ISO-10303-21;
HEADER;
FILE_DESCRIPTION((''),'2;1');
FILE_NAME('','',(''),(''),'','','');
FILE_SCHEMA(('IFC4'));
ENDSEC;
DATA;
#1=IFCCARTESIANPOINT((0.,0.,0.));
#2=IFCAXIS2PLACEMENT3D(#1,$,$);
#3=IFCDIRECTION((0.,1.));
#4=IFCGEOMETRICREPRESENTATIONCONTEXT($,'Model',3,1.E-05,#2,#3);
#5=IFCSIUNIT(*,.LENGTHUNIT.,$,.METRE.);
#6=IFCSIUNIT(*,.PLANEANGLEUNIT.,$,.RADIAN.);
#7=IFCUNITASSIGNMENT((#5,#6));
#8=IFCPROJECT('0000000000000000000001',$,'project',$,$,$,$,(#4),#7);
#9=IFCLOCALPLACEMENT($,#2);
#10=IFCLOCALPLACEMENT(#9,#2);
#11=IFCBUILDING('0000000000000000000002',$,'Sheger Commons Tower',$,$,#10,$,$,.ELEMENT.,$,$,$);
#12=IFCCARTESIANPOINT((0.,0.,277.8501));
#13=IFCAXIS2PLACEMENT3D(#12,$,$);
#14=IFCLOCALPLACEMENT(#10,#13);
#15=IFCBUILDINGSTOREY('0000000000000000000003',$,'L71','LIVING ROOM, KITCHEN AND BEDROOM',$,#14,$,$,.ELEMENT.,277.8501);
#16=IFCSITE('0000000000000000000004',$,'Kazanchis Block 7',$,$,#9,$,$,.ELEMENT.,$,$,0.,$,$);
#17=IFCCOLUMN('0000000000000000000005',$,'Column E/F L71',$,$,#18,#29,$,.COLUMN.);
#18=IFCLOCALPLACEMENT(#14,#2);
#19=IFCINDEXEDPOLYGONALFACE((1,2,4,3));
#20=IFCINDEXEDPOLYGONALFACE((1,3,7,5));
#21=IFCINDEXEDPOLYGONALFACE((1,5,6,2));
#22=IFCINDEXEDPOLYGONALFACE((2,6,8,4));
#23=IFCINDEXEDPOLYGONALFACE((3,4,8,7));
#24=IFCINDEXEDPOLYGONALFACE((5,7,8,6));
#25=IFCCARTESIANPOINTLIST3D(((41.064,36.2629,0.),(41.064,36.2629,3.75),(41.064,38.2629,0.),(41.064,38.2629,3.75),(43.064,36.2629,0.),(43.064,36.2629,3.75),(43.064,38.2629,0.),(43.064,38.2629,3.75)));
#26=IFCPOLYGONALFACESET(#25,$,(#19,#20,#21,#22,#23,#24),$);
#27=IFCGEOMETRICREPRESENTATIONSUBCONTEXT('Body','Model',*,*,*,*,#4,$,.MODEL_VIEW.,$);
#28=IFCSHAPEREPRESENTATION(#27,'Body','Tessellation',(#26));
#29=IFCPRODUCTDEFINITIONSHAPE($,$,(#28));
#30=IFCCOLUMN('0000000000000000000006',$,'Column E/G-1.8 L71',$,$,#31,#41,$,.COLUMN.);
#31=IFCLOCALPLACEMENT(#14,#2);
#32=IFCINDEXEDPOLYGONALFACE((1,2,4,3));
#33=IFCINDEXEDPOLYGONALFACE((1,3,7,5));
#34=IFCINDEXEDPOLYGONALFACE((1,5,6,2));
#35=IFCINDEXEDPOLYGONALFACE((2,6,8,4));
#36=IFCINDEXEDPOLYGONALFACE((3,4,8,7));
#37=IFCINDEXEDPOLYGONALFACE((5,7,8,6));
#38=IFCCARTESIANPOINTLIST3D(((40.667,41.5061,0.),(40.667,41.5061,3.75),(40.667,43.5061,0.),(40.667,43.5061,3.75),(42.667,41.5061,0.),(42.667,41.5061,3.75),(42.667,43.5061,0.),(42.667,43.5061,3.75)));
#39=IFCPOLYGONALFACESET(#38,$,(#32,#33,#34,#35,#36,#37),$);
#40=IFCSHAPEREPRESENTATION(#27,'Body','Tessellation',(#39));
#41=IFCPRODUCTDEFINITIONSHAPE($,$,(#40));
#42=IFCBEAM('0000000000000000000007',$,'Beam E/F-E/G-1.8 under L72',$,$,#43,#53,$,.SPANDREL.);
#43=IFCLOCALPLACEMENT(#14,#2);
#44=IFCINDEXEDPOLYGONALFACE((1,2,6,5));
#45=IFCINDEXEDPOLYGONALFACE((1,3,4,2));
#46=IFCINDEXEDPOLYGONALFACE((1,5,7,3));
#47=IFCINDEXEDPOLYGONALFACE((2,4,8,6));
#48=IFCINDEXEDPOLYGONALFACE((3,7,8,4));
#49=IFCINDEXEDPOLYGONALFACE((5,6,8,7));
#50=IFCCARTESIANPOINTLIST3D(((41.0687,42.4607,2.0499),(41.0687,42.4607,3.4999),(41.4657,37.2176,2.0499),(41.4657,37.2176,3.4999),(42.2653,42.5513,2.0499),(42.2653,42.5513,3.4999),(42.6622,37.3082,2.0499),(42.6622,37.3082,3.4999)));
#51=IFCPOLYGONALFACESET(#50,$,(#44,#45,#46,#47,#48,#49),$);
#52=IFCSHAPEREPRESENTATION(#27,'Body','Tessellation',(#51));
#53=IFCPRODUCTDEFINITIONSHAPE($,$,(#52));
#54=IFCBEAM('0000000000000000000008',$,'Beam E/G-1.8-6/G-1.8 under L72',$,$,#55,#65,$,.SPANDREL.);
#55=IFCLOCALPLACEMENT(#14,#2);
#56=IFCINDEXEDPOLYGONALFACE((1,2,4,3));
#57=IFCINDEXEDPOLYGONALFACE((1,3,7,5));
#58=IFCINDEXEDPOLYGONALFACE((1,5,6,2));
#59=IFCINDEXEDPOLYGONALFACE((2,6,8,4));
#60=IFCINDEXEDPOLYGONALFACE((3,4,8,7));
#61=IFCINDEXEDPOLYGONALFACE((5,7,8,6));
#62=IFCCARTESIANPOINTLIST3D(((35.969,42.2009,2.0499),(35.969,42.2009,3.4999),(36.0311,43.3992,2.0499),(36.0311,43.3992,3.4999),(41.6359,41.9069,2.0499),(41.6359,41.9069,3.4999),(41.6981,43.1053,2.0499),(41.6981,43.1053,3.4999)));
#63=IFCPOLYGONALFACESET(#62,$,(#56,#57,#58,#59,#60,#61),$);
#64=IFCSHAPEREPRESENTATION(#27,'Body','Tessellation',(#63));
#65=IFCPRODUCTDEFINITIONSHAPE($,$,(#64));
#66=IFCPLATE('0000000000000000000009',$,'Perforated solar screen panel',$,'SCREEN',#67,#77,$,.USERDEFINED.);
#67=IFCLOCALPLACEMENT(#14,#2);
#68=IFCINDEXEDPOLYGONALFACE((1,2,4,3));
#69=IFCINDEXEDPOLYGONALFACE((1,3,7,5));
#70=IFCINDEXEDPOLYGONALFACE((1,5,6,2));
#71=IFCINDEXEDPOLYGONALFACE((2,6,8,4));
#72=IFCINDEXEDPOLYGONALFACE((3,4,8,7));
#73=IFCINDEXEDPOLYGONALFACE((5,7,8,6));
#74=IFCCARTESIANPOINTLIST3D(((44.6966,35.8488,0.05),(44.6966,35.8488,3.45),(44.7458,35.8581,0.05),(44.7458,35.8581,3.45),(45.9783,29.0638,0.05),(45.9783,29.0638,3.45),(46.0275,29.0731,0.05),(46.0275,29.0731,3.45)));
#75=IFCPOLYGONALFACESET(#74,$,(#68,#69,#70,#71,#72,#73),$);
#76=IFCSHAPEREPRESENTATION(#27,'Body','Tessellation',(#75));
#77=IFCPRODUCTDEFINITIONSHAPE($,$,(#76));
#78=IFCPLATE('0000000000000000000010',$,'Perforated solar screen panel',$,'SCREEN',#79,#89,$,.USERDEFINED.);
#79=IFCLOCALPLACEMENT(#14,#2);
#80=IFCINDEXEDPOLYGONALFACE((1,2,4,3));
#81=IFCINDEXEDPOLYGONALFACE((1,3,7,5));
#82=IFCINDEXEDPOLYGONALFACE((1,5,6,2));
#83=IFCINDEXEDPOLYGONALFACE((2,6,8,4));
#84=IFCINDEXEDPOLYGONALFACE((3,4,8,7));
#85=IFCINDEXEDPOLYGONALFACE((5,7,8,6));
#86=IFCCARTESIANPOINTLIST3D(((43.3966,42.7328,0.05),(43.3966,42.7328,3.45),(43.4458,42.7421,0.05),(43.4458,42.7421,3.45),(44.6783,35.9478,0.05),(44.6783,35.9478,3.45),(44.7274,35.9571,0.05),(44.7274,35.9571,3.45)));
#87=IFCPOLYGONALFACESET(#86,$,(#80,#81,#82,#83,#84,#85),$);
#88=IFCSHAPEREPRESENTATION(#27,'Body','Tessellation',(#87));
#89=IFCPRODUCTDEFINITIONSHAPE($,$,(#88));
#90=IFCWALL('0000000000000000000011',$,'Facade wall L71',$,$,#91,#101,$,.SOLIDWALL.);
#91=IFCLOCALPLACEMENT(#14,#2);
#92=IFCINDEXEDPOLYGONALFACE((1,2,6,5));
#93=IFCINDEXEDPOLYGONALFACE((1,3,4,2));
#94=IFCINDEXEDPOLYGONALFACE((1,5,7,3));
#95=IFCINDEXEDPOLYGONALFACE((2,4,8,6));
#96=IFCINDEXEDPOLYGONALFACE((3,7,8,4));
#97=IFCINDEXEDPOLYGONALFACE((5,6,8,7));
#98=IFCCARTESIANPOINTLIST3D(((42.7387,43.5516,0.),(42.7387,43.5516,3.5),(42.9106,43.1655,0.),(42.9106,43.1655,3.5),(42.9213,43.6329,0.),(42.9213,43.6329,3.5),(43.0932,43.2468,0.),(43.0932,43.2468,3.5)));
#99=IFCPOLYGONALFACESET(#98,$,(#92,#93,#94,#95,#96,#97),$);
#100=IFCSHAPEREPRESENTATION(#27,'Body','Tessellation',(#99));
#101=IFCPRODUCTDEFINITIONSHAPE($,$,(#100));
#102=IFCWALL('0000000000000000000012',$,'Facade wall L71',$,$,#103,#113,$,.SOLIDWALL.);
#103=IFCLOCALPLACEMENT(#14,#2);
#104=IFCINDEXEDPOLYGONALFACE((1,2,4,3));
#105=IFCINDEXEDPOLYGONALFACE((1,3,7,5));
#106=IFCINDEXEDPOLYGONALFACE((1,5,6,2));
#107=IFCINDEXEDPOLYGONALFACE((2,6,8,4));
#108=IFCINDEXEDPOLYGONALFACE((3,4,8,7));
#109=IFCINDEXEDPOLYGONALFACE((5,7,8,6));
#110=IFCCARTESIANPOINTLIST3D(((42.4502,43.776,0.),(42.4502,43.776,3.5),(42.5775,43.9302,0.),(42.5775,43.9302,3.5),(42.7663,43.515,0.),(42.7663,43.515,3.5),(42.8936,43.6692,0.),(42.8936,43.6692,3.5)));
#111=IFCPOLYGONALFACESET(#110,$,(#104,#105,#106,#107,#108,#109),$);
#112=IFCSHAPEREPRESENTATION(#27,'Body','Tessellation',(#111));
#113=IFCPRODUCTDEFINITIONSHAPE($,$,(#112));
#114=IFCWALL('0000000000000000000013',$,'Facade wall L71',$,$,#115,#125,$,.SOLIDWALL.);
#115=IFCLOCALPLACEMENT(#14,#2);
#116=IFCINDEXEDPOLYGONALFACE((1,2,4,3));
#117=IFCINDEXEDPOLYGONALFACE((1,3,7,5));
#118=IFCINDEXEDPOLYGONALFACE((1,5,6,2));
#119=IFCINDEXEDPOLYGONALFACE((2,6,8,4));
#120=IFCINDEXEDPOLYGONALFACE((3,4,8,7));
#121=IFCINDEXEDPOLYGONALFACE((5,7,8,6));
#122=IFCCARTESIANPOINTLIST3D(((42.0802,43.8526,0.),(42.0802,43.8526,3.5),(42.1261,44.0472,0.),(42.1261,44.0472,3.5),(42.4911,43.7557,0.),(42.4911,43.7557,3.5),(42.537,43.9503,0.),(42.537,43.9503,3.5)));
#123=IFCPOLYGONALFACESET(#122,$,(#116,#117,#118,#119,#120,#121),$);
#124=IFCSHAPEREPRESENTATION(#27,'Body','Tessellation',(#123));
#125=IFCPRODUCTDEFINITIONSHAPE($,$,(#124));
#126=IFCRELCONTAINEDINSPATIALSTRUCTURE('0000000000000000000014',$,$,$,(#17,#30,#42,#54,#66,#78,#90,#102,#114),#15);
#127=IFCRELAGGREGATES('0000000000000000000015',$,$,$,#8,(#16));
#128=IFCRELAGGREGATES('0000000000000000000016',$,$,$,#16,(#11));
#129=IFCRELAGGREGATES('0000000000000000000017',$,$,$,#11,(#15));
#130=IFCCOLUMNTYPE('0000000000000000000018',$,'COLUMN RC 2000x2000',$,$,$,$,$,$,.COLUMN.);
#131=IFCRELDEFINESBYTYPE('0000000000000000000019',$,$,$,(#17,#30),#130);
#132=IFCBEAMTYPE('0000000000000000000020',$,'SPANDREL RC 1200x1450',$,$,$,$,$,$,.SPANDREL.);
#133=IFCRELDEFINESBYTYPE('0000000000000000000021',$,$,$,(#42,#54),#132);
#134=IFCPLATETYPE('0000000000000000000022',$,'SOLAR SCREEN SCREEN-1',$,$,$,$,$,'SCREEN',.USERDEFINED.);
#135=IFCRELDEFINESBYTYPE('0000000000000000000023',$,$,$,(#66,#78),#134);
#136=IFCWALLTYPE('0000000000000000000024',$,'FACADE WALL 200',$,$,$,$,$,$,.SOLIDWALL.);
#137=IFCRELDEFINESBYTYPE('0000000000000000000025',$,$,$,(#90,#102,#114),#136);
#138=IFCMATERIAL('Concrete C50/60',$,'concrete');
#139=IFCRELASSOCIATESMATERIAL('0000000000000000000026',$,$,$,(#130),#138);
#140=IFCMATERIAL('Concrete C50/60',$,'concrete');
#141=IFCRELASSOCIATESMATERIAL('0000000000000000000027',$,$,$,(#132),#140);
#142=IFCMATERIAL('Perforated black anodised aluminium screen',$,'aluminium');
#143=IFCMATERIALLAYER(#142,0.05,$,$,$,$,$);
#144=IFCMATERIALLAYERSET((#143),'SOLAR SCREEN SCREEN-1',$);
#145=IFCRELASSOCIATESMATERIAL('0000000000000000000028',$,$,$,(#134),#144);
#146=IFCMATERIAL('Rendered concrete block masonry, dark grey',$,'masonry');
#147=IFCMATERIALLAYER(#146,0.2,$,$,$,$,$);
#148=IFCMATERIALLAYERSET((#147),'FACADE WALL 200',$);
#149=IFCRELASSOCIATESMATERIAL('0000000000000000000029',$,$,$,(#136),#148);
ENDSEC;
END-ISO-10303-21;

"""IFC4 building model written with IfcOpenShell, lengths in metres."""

from ifc_helpers import new_model, si_unit, direction, frame, frame_2d, origin, origin_2d, place, context, subcontext, project, spatial, rectangle, extrude, material, layer, layer_set, material_profile, profile_set, type_object, element, save


model = new_model("IFC4")

# Units and contexts
model_context = context("Model", 3, precision=1e-05, world=origin(), true_north=direction((0.0, 1.0)))
body_context = subcontext(model_context, "Body", "Model", "MODEL_VIEW")
ifc_project = project(units=[si_unit("LENGTHUNIT", "METRE"), si_unit("PLANEANGLEUNIT", "RADIAN")], contexts=[model_context])

# Site, building, storey
site_placement = place(None, origin())
site = spatial("IfcSite", under=ifc_project, at=site_placement, Name="Kazanchis Block 7", CompositionType="ELEMENT", RefElevation=0.0)
building_placement = place(site_placement, origin())
building = spatial("IfcBuilding", under=site, at=building_placement, Name="Sheger Commons Tower", CompositionType="ELEMENT")
storey_placement = place(building_placement, frame((0.0, 0.0, 277.8501)))
storey = spatial("IfcBuildingStorey", under=building, at=storey_placement, Name="L71", Description="LIVING ROOM, KITCHEN AND BEDROOM", CompositionType="ELEMENT", Elevation=277.8501)

# Columns
ifc_material_1 = material(Name="Concrete C50/60", Category="concrete")
ifc_material_profile_1 = material_profile(ifc_material_1, rectangle(XDim=2.0, YDim=2.0, at=origin_2d()), Name="RC 2000x2000")
ifc_profile_set_1 = profile_set([ifc_material_profile_1], Name="Concrete C50/60")
column_type = type_object("IfcColumnType", Name="COLUMN RC 2000x2000", PredefinedType="COLUMN", material=ifc_profile_set_1)
for number, where, z_axis, x_axis, name in (
    (1, (42.064, 37.2629, 0.0), (0.0, 0.0, 1.0), (1.0, 0.0, 0.0), "Column E/F L71"),
    (2, (41.667, 42.5061, 0.0), (0.0, 0.0, 1.0), (1.0, 0.0, 0.0), "Column E/G-1.8 L71"),
):
    element("IfcColumn", number, at=place(storey_placement, frame(where, z_axis=z_axis, x_axis=x_axis)), inside=storey, type_object=column_type, Name=name, PredefinedType="COLUMN", context=body_context, shape_type="SweptSolid", body=[
        extrude(rectangle(XDim=2.0, YDim=2.0, at=origin_2d()), origin(), (0.0, 0.0, 1.0), 3.75),
    ])

# Beams
ifc_material_2 = material(Name="Concrete C50/60", Category="concrete")
ifc_material_profile_2 = material_profile(ifc_material_2, rectangle(XDim=1.2, YDim=1.45, at=origin_2d()), Name="RC 1200x1450")
ifc_profile_set_2 = profile_set([ifc_material_profile_2], Name="Concrete C50/60")
beam_type = type_object("IfcBeamType", Name="SPANDREL RC 1200x1450", PredefinedType="SPANDREL", material=ifc_profile_set_2)
beam_1_placement = place(storey_placement, frame((42.064, 37.2629, 2.7749), z_axis=(-0.075496, 0.997146, 0.0), x_axis=(-0.997146, -0.075496, 0.0)))
element("IfcBeam", 3, at=beam_1_placement, inside=storey, type_object=beam_type, Name="Beam E/F-E/G-1.8 under L72", PredefinedType="SPANDREL", context=body_context, shape_type="SweptSolid", body=[
    extrude(rectangle(XDim=1.2, YDim=1.45, at=origin_2d()), origin(), (0.0, 0.0, 1.0), 5.2581),
])
beam_2_placement = place(storey_placement, frame((41.667, 42.5061, 2.7749), z_axis=(-0.998657, 0.0518, 0.0), x_axis=(-0.0518, -0.998657, 0.0)))
element("IfcBeam", 4, at=beam_2_placement, inside=storey, type_object=beam_type, Name="Beam E/G-1.8-6/G-1.8 under L72", PredefinedType="SPANDREL", context=body_context, shape_type="SweptSolid", body=[
    extrude(rectangle(XDim=1.2, YDim=1.45, at=origin_2d()), origin(), (0.0, 0.0, 1.0), 5.6746),
])

# Plates
ifc_material_3 = material(Name="Perforated black anodised aluminium screen", Category="aluminium")
ifc_layer_1 = layer(ifc_material_3, 0.05)
ifc_layer_set_1 = layer_set([ifc_layer_1], Name="SOLAR SCREEN SCREEN-1")
plate_type = type_object("IfcPlateType", Name="SOLAR SCREEN SCREEN-1", ElementType="SCREEN", PredefinedType="USERDEFINED", material=ifc_layer_set_1)
for number, where, z_axis, x_axis, name in (
    (5, (45.3621, 32.4609, 0.05), (0.0, 0.0, 1.0), (-0.185615, 0.982623, 0.0), "Perforated solar screen panel"),
    (6, (44.062, 39.345, 0.05), (0.0, 0.0, 1.0), (-0.185615, 0.982623, 0.0), "Perforated solar screen panel"),
):
    element("IfcPlate", number, at=place(storey_placement, frame(where, z_axis=z_axis, x_axis=x_axis)), inside=storey, type_object=plate_type, Name=name, ObjectType="SCREEN", PredefinedType="USERDEFINED", context=body_context, shape_type="SweptSolid", body=[
        extrude(rectangle(XDim=6.905, YDim=0.05, at=origin_2d()), origin(), (0.0, 0.0, 1.0), 3.3999),
    ])

# Walls
ifc_material_4 = material(Name="Rendered concrete block masonry, dark grey", Category="masonry")
ifc_layer_2 = layer(ifc_material_4, 0.2)
ifc_layer_set_2 = layer_set([ifc_layer_2], Name="FACADE WALL 200")
wall_type_1 = type_object("IfcWallType", Name="FACADE WALL 200", PredefinedType="SOLIDWALL", material=ifc_layer_set_2)
wall_1_placement = place(storey_placement, frame((43.002, 43.2061, 0.0), z_axis=(0.0, 0.0, 1.0), x_axis=(-0.406782, 0.913525, 0.0)))
element("IfcWall", 7, at=wall_1_placement, inside=storey, type_object=wall_type_1, Name="Facade wall L71", PredefinedType="SOLIDWALL", context=body_context, shape_type="SweptSolid", body=[
    extrude(rectangle(XDim=0.4226, YDim=0.2, at=frame_2d((0.2114, 0.0))), origin(), (0.0, 0.0, 1.0), 3.5),
])
wall_2_placement = place(storey_placement, frame((42.8301, 43.592, 0.0), z_axis=(0.0, 0.0, 1.0), x_axis=(-0.771191, 0.636604, 0.0)))
element("IfcWall", 8, at=wall_2_placement, inside=storey, type_object=wall_type_1, Name="Facade wall L71", PredefinedType="SOLIDWALL", context=body_context, shape_type="SweptSolid", body=[
    extrude(rectangle(XDim=0.4099, YDim=0.2, at=frame_2d((0.2051, 0.0))), origin(), (0.0, 0.0, 1.0), 3.5),
])
wall_3_placement = place(storey_placement, frame((42.5139, 43.853, 0.0), z_axis=(0.0, 0.0, 1.0), x_axis=(-0.973288, 0.229587, 0.0)))
element("IfcWall", 9, at=wall_3_placement, inside=storey, type_object=wall_type_1, Name="Facade wall L71", PredefinedType="SOLIDWALL", context=body_context, shape_type="SweptSolid", body=[
    extrude(rectangle(XDim=0.4221, YDim=0.2, at=frame_2d((0.2109, 0.0))), origin(), (0.0, 0.0, 1.0), 3.5),
])

save(model, "model.ifc")
